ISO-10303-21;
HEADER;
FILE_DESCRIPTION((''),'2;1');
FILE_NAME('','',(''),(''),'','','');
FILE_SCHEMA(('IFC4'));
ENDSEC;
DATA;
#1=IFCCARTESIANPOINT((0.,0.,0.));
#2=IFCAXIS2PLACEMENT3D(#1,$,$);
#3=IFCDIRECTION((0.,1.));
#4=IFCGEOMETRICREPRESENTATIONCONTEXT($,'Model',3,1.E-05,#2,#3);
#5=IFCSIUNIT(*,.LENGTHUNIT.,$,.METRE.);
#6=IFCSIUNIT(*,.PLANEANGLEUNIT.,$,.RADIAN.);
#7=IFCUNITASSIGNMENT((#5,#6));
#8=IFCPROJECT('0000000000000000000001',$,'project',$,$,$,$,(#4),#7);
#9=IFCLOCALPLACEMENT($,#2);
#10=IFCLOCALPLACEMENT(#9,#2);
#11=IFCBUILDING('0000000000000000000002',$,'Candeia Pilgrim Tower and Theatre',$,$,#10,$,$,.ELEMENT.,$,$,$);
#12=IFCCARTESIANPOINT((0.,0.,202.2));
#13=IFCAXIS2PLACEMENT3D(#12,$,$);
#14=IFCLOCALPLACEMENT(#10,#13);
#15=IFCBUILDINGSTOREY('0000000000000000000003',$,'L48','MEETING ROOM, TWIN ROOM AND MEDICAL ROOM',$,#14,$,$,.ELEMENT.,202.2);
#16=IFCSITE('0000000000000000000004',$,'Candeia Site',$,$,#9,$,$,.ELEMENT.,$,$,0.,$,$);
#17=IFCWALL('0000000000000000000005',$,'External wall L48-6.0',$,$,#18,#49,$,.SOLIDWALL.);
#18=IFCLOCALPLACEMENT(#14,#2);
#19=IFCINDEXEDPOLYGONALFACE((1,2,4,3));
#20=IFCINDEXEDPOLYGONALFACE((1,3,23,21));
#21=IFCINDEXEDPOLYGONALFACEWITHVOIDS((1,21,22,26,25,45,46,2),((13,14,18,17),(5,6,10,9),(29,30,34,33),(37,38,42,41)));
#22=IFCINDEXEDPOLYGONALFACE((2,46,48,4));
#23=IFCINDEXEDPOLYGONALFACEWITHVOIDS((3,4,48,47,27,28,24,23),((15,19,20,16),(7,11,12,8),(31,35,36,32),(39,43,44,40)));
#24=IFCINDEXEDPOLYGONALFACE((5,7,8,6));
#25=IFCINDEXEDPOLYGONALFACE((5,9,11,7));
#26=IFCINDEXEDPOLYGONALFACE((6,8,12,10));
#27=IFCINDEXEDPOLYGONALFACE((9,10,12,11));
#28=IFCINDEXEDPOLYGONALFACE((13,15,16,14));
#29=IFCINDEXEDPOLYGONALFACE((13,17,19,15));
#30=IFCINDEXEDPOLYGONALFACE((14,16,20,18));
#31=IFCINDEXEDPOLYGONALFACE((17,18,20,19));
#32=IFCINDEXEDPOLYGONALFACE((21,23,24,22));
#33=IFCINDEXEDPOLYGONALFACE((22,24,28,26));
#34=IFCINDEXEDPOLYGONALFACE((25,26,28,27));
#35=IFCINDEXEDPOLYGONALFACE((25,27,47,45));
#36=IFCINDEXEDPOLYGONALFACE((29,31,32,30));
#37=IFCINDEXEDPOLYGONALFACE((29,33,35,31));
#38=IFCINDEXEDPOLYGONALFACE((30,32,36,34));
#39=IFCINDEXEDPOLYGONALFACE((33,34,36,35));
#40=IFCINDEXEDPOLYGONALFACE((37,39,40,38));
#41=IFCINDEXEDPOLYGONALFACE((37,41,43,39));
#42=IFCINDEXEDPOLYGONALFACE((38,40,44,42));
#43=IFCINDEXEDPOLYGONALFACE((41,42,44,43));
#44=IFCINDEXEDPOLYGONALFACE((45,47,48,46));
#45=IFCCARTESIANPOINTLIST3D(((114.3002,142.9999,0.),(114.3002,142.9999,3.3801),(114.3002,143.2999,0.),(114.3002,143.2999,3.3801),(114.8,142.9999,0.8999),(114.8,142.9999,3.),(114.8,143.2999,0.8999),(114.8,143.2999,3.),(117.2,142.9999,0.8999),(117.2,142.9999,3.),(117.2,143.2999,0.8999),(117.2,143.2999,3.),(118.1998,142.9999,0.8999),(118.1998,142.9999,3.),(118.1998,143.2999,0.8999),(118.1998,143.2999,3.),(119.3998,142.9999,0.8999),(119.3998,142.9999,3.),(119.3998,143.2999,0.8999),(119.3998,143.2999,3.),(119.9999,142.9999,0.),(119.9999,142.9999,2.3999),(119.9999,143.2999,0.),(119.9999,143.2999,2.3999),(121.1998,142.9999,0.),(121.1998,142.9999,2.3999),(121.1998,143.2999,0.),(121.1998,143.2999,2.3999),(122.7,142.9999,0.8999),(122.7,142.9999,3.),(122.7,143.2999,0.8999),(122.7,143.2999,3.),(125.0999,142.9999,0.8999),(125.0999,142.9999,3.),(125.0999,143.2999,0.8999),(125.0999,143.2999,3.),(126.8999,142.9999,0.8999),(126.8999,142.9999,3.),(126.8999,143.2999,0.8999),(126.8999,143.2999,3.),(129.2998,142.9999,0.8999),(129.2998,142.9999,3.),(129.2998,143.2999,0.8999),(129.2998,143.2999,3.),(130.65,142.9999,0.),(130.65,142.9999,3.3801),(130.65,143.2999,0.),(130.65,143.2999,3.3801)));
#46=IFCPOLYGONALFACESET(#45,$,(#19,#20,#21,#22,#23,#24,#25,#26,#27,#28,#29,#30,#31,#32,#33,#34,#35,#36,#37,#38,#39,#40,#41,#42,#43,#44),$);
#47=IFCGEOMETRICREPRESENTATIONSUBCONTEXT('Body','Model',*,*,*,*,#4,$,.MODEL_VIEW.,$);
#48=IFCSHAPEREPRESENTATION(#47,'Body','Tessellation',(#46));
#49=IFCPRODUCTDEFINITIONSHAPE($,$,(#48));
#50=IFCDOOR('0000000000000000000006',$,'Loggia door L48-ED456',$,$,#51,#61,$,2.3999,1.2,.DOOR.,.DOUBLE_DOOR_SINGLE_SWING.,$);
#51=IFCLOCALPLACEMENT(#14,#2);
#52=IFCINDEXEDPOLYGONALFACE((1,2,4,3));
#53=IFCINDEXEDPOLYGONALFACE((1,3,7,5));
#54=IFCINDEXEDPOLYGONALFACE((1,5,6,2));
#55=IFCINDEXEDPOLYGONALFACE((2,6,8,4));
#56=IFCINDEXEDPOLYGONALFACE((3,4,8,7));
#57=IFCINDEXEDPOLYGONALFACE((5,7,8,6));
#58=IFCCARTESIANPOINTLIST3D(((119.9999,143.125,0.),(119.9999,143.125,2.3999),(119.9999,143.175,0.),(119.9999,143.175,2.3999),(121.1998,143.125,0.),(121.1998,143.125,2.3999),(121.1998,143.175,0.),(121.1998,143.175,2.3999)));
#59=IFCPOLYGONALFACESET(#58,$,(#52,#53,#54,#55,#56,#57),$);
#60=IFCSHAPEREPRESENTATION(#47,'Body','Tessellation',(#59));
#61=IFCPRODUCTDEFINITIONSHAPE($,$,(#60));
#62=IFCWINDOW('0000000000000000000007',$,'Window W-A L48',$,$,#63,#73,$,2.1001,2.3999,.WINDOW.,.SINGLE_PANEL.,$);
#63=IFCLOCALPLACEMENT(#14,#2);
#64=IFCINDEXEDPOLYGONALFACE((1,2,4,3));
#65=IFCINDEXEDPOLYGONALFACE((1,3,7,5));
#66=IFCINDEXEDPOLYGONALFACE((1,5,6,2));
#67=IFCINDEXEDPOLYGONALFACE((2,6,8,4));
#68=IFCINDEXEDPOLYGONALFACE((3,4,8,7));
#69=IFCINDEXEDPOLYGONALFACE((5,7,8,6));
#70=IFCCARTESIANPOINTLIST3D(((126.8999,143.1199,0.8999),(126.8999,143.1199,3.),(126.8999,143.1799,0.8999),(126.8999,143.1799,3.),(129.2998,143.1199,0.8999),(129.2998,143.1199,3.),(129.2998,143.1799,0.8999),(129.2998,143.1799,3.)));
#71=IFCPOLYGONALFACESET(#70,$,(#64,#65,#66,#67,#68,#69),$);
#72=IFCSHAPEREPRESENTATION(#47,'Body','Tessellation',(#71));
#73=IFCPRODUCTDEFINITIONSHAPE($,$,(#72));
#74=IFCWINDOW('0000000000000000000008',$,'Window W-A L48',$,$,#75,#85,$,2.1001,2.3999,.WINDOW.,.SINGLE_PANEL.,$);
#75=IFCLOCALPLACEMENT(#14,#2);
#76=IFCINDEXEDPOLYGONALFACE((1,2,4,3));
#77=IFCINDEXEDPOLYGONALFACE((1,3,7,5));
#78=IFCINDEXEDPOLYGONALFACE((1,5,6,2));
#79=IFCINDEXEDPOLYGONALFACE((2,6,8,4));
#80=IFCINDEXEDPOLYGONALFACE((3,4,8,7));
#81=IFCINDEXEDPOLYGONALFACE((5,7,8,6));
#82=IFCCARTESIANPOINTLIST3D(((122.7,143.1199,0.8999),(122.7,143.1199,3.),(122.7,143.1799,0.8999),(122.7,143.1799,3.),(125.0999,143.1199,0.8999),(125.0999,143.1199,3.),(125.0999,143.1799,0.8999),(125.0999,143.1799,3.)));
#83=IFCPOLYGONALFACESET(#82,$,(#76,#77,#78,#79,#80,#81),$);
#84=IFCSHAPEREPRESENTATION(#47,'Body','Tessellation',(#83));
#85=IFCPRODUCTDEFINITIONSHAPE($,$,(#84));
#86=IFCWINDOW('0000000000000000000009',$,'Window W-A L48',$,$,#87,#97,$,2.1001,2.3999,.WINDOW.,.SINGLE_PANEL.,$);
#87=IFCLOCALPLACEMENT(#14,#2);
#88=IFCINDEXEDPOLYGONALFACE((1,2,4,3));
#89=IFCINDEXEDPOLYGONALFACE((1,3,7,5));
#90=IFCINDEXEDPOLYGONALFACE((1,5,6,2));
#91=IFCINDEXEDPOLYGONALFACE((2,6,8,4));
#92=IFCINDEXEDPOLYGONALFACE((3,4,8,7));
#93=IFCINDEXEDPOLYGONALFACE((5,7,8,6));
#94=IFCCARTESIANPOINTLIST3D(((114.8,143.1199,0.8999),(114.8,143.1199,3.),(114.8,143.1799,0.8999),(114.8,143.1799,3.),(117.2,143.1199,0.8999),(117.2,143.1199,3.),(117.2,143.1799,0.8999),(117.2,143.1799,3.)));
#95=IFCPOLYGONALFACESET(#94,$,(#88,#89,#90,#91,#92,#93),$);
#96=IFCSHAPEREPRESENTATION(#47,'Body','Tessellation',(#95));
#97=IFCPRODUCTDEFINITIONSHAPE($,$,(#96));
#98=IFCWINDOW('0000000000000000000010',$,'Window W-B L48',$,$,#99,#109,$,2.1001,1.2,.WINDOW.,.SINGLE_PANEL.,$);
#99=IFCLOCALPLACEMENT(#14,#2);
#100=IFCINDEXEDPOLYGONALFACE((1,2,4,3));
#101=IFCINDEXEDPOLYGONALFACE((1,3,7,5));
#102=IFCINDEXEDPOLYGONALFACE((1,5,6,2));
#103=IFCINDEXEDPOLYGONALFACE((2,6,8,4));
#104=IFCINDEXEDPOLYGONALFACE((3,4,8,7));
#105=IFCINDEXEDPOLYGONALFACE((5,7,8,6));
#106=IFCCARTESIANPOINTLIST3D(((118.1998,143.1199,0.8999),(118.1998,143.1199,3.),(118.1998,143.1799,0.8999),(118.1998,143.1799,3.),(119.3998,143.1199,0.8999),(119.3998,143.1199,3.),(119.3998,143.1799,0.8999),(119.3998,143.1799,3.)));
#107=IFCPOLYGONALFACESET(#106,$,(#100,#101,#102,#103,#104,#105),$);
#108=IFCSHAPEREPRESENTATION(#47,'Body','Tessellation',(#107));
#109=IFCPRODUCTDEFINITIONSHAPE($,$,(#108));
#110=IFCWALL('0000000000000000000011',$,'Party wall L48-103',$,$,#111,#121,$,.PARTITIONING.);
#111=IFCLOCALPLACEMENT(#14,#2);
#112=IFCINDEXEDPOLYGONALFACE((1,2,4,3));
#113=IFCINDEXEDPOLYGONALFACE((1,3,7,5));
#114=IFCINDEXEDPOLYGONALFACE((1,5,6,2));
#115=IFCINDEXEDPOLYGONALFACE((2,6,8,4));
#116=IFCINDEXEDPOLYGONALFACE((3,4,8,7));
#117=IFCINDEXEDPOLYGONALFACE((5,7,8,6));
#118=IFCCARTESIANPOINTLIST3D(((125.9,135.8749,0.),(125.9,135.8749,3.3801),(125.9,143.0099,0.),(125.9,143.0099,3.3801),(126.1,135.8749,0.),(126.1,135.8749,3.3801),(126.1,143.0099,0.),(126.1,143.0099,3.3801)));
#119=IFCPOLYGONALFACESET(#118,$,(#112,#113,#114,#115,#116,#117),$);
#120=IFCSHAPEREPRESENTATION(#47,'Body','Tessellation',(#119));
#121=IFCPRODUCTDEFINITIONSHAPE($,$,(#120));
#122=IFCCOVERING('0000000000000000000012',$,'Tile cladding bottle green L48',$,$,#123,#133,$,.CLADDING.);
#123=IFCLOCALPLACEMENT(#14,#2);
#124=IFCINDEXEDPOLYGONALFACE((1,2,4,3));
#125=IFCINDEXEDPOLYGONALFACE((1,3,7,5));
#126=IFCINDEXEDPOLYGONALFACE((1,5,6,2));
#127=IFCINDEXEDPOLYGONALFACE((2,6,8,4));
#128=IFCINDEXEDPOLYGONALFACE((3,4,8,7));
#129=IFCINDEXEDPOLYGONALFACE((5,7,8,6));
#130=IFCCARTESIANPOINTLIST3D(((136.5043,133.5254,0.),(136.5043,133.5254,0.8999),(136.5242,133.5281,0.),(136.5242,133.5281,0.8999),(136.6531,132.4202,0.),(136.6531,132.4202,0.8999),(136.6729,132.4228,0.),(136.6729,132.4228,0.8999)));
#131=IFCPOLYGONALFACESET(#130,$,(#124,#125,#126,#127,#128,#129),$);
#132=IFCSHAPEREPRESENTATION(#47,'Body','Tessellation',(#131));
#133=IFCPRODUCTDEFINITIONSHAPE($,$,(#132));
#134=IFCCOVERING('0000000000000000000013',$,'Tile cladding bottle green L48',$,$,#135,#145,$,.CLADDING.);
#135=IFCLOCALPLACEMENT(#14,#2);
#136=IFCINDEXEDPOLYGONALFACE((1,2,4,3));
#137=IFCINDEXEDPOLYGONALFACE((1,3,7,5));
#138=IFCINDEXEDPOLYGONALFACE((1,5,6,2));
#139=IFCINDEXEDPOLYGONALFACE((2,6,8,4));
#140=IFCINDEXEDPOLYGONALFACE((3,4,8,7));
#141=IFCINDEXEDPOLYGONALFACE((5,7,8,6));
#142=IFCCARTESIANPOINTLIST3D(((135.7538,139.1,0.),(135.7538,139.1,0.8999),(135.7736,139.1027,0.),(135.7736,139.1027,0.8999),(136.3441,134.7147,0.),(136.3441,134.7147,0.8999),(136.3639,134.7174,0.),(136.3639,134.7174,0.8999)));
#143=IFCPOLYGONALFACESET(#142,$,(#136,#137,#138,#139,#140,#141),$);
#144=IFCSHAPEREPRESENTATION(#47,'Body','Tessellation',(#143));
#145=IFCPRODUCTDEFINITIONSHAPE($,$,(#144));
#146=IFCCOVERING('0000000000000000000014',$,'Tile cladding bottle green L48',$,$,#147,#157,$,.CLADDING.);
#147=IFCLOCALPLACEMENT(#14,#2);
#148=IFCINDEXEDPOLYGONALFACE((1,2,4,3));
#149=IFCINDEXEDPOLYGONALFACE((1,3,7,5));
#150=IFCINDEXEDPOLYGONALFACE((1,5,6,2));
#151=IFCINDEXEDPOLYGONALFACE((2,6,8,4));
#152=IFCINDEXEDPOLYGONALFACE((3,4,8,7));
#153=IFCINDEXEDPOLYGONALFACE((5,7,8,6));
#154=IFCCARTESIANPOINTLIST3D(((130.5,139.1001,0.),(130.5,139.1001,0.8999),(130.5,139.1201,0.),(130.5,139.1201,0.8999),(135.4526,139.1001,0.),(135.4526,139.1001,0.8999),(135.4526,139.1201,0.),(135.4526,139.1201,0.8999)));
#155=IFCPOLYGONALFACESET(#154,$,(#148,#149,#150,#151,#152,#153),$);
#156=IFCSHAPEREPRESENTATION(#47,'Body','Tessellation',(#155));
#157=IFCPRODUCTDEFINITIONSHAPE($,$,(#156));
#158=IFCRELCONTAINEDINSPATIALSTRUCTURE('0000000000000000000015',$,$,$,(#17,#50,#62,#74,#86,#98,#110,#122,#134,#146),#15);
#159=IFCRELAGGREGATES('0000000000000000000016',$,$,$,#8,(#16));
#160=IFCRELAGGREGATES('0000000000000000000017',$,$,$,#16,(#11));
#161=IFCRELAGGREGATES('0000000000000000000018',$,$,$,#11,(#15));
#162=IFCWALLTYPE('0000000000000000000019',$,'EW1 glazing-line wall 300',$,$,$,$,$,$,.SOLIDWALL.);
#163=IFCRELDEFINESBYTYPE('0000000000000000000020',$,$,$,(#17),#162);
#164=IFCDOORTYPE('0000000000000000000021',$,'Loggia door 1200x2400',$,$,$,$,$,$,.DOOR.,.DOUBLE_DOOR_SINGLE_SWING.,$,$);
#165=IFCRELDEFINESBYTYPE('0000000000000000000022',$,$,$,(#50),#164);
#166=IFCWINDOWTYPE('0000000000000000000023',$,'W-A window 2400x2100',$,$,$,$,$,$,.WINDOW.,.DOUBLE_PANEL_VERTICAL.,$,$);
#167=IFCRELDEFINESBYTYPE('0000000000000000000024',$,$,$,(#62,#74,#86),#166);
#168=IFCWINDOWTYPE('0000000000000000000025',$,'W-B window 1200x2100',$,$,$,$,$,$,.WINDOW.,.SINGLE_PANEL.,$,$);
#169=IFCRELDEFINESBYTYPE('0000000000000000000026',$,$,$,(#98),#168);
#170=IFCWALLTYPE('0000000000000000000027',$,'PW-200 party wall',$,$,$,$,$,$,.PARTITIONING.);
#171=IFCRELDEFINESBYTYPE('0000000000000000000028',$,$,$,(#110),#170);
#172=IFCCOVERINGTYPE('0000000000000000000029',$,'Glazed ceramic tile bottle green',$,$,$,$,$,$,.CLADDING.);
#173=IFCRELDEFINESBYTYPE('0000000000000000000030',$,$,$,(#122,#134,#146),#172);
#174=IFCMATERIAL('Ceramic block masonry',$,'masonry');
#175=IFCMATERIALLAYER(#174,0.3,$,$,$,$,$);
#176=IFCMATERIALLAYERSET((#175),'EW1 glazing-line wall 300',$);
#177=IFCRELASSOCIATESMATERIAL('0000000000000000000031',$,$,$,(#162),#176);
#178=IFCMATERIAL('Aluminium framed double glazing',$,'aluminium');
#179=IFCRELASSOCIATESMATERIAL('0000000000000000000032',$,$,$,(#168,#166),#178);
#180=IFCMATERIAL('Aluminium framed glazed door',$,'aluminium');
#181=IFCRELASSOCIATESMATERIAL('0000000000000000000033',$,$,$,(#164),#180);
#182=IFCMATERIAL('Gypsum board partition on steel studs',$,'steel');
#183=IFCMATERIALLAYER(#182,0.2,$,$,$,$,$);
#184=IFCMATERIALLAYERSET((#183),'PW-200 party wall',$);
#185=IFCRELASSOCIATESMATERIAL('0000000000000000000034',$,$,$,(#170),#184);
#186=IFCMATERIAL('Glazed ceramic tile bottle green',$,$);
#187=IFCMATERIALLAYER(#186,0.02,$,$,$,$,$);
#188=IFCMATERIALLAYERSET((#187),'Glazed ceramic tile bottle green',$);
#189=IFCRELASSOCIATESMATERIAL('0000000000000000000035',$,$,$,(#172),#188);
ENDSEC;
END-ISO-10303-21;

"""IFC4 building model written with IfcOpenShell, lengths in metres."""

from ifc_helpers import new_model, si_unit, direction, frame, frame_2d, origin, origin_2d, place, context, subcontext, project, spatial, rectangle, extrude, material, layer, layer_set, type_object, element, fill, save


model = new_model("IFC4")

# Units and contexts
model_context = context("Model", 3, precision=1e-05, world=origin(), true_north=direction((0.0, 1.0)))
body_context = subcontext(model_context, "Body", "Model", "MODEL_VIEW")
ifc_project = project(units=[si_unit("LENGTHUNIT", "METRE"), si_unit("PLANEANGLEUNIT", "RADIAN")], contexts=[model_context])

# Site, building, storey
site_placement = place(None, origin())
site = spatial("IfcSite", under=ifc_project, at=site_placement, Name="Candeia Site", CompositionType="ELEMENT", RefElevation=0.0)
building_placement = place(site_placement, origin())
building = spatial("IfcBuilding", under=site, at=building_placement, Name="Candeia Pilgrim Tower and Theatre", CompositionType="ELEMENT")
storey_placement = place(building_placement, frame((0.0, 0.0, 202.2)))
storey = spatial("IfcBuildingStorey", under=building, at=storey_placement, Name="L48", Description="MEETING ROOM, TWIN ROOM AND MEDICAL ROOM", CompositionType="ELEMENT", Elevation=202.2)

# Shared definitions
ifc_material_1 = material(Name="Ceramic block masonry", Category="masonry")
ifc_layer_1 = layer(ifc_material_1, 0.3)
ifc_layer_set_1 = layer_set([ifc_layer_1], Name="EW1 glazing-line wall 300")
wall_type_1 = type_object("IfcWallType", Name="EW1 glazing-line wall 300", PredefinedType="SOLIDWALL", material=ifc_layer_set_1)
ifc_material_2 = material(Name="Aluminium framed double glazing", Category="aluminium")
window_type_1 = type_object("IfcWindowType", Name="W-B window 1200x2100", PartitioningType="SINGLE_PANEL", PredefinedType="WINDOW", material=ifc_material_2)

# Shared definitions
ifc_material_3 = material(Name="Aluminium framed glazed door", Category="aluminium")
door_type = type_object("IfcDoorType", Name="Loggia door 1200x2400", OperationType="DOUBLE_DOOR_SINGLE_SWING", PredefinedType="DOOR", material=ifc_material_3)

# Wall, openings, door, windows
wall_1_placement = place(storey_placement, frame((130.6499, 143.1499, 0.0), z_axis=(0.0, 0.0, 1.0), x_axis=(-1.0, 0.0, 0.0)))
wall_1 = element("IfcWall", 1, at=wall_1_placement, inside=storey, type_object=wall_type_1, Name="External wall L48-6.0", PredefinedType="SOLIDWALL", context=body_context, shape_type="SweptSolid", body=[
    extrude(rectangle(XDim=16.3499, YDim=0.3, at=frame_2d((8.1748, 0.0))), origin(), (0.0, 0.0, 1.0), 3.3801),
])
opening_1_placement = place(wall_1_placement, frame((1.3501, 0.0, 0.8999)))
opening_1 = element("IfcOpeningElement", 2, at=opening_1_placement, cuts=wall_1, PredefinedType="OPENING", context=body_context, shape_type="SweptSolid", body=[
    extrude(rectangle(XDim=2.3999, YDim=2.1001, at=frame_2d((1.2, 1.05))), frame((0.0, 0.1602, 0.0), z_axis=(0.0, -1.0, 0.0), x_axis=(1.0, 0.0, 0.0)), (0.0, 0.0, 1.0), 0.3201),
])
opening_2_placement = place(wall_1_placement, frame((5.55, 0.0, 0.8999)))
opening_2 = element("IfcOpeningElement", 3, at=opening_2_placement, cuts=wall_1, PredefinedType="OPENING", context=body_context, shape_type="SweptSolid", body=[
    extrude(rectangle(XDim=2.3999, YDim=2.1001, at=frame_2d((1.2, 1.05))), frame((0.0, 0.1602, 0.0), z_axis=(0.0, -1.0, 0.0), x_axis=(1.0, 0.0, 0.0)), (0.0, 0.0, 1.0), 0.3201),
])
opening_3_placement = place(wall_1_placement, frame((9.45, 0.0, 0.0)))
opening_3 = element("IfcOpeningElement", 4, at=opening_3_placement, cuts=wall_1, PredefinedType="OPENING", context=body_context, shape_type="SweptSolid", body=[
    extrude(rectangle(XDim=1.2, YDim=2.3999, at=frame_2d((0.6001, 1.2))), frame((0.0, 0.1602, 0.0), z_axis=(0.0, -1.0, 0.0), x_axis=(1.0, 0.0, 0.0)), (0.0, 0.0, 1.0), 0.3201),
])
opening_4_placement = place(wall_1_placement, frame((11.25, 0.0, 0.8999)))
opening_4 = element("IfcOpeningElement", 5, at=opening_4_placement, cuts=wall_1, PredefinedType="OPENING", context=body_context, shape_type="SweptSolid", body=[
    extrude(rectangle(XDim=1.2, YDim=2.1001, at=frame_2d((0.6001, 1.05))), frame((0.0, 0.1602, 0.0), z_axis=(0.0, -1.0, 0.0), x_axis=(1.0, 0.0, 0.0)), (0.0, 0.0, 1.0), 0.3201),
])
opening_5_placement = place(wall_1_placement, frame((13.45, 0.0, 0.8999)))
opening_5 = element("IfcOpeningElement", 6, at=opening_5_placement, cuts=wall_1, PredefinedType="OPENING", context=body_context, shape_type="SweptSolid", body=[
    extrude(rectangle(XDim=2.3999, YDim=2.1001, at=frame_2d((1.2, 1.05))), frame((0.0, 0.1602, 0.0), z_axis=(0.0, -1.0, 0.0), x_axis=(1.0, 0.0, 0.0)), (0.0, 0.0, 1.0), 0.3201),
])
door_1_placement = place(opening_3_placement, origin())
door_1 = element("IfcDoor", 7, at=door_1_placement, inside=storey, type_object=door_type, Name="Loggia door L48-ED456", OperationType="DOUBLE_DOOR_SINGLE_SWING", OverallHeight=2.3999, OverallWidth=1.2, PredefinedType="DOOR", context=body_context, shape_type="SweptSolid", body=[
    extrude(rectangle(XDim=1.2, YDim=2.3999, at=frame_2d((0.6001, 1.2))), frame((0.0, 0.0249, 0.0), z_axis=(0.0, -1.0, 0.0), x_axis=(1.0, 0.0, 0.0)), (0.0, 0.0, 1.0), 0.05),
])
fill(opening_3, door_1)
window_type_2 = type_object("IfcWindowType", Name="W-A window 2400x2100", PartitioningType="DOUBLE_PANEL_VERTICAL", PredefinedType="WINDOW", material=ifc_material_2)
window_1_placement = place(opening_1_placement, origin())
window_1 = element("IfcWindow", 8, at=window_1_placement, inside=storey, type_object=window_type_2, Name="Window W-A L48", OverallHeight=2.1001, OverallWidth=2.3999, PartitioningType="SINGLE_PANEL", PredefinedType="WINDOW", context=body_context, shape_type="SweptSolid", body=[
    extrude(rectangle(XDim=2.3999, YDim=2.1001, at=frame_2d((1.2, 1.05))), frame((0.0, 0.03, 0.0), z_axis=(0.0, -1.0, 0.0), x_axis=(1.0, 0.0, 0.0)), (0.0, 0.0, 1.0), 0.0601),
])
fill(opening_1, window_1)
window_2_placement = place(opening_2_placement, origin())
window_2 = element("IfcWindow", 9, at=window_2_placement, inside=storey, type_object=window_type_2, Name="Window W-A L48", OverallHeight=2.1001, OverallWidth=2.3999, PartitioningType="SINGLE_PANEL", PredefinedType="WINDOW", context=body_context, shape_type="SweptSolid", body=[
    extrude(rectangle(XDim=2.3999, YDim=2.1001, at=frame_2d((1.2, 1.05))), frame((0.0, 0.03, 0.0), z_axis=(0.0, -1.0, 0.0), x_axis=(1.0, 0.0, 0.0)), (0.0, 0.0, 1.0), 0.0601),
])
fill(opening_2, window_2)
window_3_placement = place(opening_5_placement, origin())
window_3 = element("IfcWindow", 10, at=window_3_placement, inside=storey, type_object=window_type_2, Name="Window W-A L48", OverallHeight=2.1001, OverallWidth=2.3999, PartitioningType="SINGLE_PANEL", PredefinedType="WINDOW", context=body_context, shape_type="SweptSolid", body=[
    extrude(rectangle(XDim=2.3999, YDim=2.1001, at=frame_2d((1.2, 1.05))), frame((0.0, 0.03, 0.0), z_axis=(0.0, -1.0, 0.0), x_axis=(1.0, 0.0, 0.0)), (0.0, 0.0, 1.0), 0.0601),
])
fill(opening_5, window_3)
window_4_placement = place(opening_4_placement, origin())
window_4 = element("IfcWindow", 11, at=window_4_placement, inside=storey, type_object=window_type_1, Name="Window W-B L48", OverallHeight=2.1001, OverallWidth=1.2, PartitioningType="SINGLE_PANEL", PredefinedType="WINDOW", context=body_context, shape_type="SweptSolid", body=[
    extrude(rectangle(XDim=1.2, YDim=2.1001, at=frame_2d((0.6001, 1.05))), frame((0.0, 0.03, 0.0), z_axis=(0.0, -1.0, 0.0), x_axis=(1.0, 0.0, 0.0)), (0.0, 0.0, 1.0), 0.0601),
])
fill(opening_4, window_4)

# Wall
ifc_material_4 = material(Name="Gypsum board partition on steel studs", Category="steel")
ifc_layer_2 = layer(ifc_material_4, 0.2)
ifc_layer_set_2 = layer_set([ifc_layer_2], Name="PW-200 party wall")
wall_type_2 = type_object("IfcWallType", Name="PW-200 party wall", PredefinedType="PARTITIONING", material=ifc_layer_set_2)
wall_2_placement = place(storey_placement, frame((126.0, 135.875, 0.0), z_axis=(0.0, 0.0, 1.0), x_axis=(0.0, 1.0, 0.0)))
element("IfcWall", 12, at=wall_2_placement, inside=storey, type_object=wall_type_2, Name="Party wall L48-103", PredefinedType="PARTITIONING", context=body_context, shape_type="SweptSolid", body=[
    extrude(rectangle(XDim=7.135, YDim=0.2, at=frame_2d((3.5674, 0.0))), origin(), (0.0, 0.0, 1.0), 3.3801),
])

# Coverings
ifc_material_5 = material(Name="Glazed ceramic tile bottle green")
ifc_layer_3 = layer(ifc_material_5, 0.02)
ifc_layer_set_3 = layer_set([ifc_layer_3], Name="Glazed ceramic tile bottle green")
covering_type = type_object("IfcCoveringType", Name="Glazed ceramic tile bottle green", PredefinedType="CLADDING", material=ifc_layer_set_3)
covering_1_placement = place(storey_placement, frame((136.5886, 132.9741, 0.0), z_axis=(0.0, 0.0, 1.0), x_axis=(-0.133412, 0.991061, 0.0)))
element("IfcCovering", 13, at=covering_1_placement, inside=storey, type_object=covering_type, Name="Tile cladding bottle green L48", PredefinedType="CLADDING", context=body_context, shape_type="SweptSolid", body=[
    extrude(rectangle(XDim=1.1152, YDim=0.02, at=origin_2d()), origin(), (0.0, 0.0, 1.0), 0.8999),
])
covering_2_placement = place(storey_placement, frame((136.0588, 136.9087, 0.0), z_axis=(0.0, 0.0, 1.0), x_axis=(-0.133412, 0.991061, 0.0)))
element("IfcCovering", 14, at=covering_2_placement, inside=storey, type_object=covering_type, Name="Tile cladding bottle green L48", PredefinedType="CLADDING", context=body_context, shape_type="SweptSolid", body=[
    extrude(rectangle(XDim=4.4248, YDim=0.02, at=origin_2d()), origin(), (0.0, 0.0, 1.0), 0.8999),
])
covering_3_placement = place(storey_placement, frame((132.9763, 139.1101, 0.0), z_axis=(0.0, 0.0, 1.0), x_axis=(-1.0, 0.0, 0.0)))
element("IfcCovering", 15, at=covering_3_placement, inside=storey, type_object=covering_type, Name="Tile cladding bottle green L48", PredefinedType="CLADDING", context=body_context, shape_type="SweptSolid", body=[
    extrude(rectangle(XDim=4.9526, YDim=0.02, at=origin_2d()), origin(), (0.0, 0.0, 1.0), 0.8999),
])

save(model, "model.ifc")
